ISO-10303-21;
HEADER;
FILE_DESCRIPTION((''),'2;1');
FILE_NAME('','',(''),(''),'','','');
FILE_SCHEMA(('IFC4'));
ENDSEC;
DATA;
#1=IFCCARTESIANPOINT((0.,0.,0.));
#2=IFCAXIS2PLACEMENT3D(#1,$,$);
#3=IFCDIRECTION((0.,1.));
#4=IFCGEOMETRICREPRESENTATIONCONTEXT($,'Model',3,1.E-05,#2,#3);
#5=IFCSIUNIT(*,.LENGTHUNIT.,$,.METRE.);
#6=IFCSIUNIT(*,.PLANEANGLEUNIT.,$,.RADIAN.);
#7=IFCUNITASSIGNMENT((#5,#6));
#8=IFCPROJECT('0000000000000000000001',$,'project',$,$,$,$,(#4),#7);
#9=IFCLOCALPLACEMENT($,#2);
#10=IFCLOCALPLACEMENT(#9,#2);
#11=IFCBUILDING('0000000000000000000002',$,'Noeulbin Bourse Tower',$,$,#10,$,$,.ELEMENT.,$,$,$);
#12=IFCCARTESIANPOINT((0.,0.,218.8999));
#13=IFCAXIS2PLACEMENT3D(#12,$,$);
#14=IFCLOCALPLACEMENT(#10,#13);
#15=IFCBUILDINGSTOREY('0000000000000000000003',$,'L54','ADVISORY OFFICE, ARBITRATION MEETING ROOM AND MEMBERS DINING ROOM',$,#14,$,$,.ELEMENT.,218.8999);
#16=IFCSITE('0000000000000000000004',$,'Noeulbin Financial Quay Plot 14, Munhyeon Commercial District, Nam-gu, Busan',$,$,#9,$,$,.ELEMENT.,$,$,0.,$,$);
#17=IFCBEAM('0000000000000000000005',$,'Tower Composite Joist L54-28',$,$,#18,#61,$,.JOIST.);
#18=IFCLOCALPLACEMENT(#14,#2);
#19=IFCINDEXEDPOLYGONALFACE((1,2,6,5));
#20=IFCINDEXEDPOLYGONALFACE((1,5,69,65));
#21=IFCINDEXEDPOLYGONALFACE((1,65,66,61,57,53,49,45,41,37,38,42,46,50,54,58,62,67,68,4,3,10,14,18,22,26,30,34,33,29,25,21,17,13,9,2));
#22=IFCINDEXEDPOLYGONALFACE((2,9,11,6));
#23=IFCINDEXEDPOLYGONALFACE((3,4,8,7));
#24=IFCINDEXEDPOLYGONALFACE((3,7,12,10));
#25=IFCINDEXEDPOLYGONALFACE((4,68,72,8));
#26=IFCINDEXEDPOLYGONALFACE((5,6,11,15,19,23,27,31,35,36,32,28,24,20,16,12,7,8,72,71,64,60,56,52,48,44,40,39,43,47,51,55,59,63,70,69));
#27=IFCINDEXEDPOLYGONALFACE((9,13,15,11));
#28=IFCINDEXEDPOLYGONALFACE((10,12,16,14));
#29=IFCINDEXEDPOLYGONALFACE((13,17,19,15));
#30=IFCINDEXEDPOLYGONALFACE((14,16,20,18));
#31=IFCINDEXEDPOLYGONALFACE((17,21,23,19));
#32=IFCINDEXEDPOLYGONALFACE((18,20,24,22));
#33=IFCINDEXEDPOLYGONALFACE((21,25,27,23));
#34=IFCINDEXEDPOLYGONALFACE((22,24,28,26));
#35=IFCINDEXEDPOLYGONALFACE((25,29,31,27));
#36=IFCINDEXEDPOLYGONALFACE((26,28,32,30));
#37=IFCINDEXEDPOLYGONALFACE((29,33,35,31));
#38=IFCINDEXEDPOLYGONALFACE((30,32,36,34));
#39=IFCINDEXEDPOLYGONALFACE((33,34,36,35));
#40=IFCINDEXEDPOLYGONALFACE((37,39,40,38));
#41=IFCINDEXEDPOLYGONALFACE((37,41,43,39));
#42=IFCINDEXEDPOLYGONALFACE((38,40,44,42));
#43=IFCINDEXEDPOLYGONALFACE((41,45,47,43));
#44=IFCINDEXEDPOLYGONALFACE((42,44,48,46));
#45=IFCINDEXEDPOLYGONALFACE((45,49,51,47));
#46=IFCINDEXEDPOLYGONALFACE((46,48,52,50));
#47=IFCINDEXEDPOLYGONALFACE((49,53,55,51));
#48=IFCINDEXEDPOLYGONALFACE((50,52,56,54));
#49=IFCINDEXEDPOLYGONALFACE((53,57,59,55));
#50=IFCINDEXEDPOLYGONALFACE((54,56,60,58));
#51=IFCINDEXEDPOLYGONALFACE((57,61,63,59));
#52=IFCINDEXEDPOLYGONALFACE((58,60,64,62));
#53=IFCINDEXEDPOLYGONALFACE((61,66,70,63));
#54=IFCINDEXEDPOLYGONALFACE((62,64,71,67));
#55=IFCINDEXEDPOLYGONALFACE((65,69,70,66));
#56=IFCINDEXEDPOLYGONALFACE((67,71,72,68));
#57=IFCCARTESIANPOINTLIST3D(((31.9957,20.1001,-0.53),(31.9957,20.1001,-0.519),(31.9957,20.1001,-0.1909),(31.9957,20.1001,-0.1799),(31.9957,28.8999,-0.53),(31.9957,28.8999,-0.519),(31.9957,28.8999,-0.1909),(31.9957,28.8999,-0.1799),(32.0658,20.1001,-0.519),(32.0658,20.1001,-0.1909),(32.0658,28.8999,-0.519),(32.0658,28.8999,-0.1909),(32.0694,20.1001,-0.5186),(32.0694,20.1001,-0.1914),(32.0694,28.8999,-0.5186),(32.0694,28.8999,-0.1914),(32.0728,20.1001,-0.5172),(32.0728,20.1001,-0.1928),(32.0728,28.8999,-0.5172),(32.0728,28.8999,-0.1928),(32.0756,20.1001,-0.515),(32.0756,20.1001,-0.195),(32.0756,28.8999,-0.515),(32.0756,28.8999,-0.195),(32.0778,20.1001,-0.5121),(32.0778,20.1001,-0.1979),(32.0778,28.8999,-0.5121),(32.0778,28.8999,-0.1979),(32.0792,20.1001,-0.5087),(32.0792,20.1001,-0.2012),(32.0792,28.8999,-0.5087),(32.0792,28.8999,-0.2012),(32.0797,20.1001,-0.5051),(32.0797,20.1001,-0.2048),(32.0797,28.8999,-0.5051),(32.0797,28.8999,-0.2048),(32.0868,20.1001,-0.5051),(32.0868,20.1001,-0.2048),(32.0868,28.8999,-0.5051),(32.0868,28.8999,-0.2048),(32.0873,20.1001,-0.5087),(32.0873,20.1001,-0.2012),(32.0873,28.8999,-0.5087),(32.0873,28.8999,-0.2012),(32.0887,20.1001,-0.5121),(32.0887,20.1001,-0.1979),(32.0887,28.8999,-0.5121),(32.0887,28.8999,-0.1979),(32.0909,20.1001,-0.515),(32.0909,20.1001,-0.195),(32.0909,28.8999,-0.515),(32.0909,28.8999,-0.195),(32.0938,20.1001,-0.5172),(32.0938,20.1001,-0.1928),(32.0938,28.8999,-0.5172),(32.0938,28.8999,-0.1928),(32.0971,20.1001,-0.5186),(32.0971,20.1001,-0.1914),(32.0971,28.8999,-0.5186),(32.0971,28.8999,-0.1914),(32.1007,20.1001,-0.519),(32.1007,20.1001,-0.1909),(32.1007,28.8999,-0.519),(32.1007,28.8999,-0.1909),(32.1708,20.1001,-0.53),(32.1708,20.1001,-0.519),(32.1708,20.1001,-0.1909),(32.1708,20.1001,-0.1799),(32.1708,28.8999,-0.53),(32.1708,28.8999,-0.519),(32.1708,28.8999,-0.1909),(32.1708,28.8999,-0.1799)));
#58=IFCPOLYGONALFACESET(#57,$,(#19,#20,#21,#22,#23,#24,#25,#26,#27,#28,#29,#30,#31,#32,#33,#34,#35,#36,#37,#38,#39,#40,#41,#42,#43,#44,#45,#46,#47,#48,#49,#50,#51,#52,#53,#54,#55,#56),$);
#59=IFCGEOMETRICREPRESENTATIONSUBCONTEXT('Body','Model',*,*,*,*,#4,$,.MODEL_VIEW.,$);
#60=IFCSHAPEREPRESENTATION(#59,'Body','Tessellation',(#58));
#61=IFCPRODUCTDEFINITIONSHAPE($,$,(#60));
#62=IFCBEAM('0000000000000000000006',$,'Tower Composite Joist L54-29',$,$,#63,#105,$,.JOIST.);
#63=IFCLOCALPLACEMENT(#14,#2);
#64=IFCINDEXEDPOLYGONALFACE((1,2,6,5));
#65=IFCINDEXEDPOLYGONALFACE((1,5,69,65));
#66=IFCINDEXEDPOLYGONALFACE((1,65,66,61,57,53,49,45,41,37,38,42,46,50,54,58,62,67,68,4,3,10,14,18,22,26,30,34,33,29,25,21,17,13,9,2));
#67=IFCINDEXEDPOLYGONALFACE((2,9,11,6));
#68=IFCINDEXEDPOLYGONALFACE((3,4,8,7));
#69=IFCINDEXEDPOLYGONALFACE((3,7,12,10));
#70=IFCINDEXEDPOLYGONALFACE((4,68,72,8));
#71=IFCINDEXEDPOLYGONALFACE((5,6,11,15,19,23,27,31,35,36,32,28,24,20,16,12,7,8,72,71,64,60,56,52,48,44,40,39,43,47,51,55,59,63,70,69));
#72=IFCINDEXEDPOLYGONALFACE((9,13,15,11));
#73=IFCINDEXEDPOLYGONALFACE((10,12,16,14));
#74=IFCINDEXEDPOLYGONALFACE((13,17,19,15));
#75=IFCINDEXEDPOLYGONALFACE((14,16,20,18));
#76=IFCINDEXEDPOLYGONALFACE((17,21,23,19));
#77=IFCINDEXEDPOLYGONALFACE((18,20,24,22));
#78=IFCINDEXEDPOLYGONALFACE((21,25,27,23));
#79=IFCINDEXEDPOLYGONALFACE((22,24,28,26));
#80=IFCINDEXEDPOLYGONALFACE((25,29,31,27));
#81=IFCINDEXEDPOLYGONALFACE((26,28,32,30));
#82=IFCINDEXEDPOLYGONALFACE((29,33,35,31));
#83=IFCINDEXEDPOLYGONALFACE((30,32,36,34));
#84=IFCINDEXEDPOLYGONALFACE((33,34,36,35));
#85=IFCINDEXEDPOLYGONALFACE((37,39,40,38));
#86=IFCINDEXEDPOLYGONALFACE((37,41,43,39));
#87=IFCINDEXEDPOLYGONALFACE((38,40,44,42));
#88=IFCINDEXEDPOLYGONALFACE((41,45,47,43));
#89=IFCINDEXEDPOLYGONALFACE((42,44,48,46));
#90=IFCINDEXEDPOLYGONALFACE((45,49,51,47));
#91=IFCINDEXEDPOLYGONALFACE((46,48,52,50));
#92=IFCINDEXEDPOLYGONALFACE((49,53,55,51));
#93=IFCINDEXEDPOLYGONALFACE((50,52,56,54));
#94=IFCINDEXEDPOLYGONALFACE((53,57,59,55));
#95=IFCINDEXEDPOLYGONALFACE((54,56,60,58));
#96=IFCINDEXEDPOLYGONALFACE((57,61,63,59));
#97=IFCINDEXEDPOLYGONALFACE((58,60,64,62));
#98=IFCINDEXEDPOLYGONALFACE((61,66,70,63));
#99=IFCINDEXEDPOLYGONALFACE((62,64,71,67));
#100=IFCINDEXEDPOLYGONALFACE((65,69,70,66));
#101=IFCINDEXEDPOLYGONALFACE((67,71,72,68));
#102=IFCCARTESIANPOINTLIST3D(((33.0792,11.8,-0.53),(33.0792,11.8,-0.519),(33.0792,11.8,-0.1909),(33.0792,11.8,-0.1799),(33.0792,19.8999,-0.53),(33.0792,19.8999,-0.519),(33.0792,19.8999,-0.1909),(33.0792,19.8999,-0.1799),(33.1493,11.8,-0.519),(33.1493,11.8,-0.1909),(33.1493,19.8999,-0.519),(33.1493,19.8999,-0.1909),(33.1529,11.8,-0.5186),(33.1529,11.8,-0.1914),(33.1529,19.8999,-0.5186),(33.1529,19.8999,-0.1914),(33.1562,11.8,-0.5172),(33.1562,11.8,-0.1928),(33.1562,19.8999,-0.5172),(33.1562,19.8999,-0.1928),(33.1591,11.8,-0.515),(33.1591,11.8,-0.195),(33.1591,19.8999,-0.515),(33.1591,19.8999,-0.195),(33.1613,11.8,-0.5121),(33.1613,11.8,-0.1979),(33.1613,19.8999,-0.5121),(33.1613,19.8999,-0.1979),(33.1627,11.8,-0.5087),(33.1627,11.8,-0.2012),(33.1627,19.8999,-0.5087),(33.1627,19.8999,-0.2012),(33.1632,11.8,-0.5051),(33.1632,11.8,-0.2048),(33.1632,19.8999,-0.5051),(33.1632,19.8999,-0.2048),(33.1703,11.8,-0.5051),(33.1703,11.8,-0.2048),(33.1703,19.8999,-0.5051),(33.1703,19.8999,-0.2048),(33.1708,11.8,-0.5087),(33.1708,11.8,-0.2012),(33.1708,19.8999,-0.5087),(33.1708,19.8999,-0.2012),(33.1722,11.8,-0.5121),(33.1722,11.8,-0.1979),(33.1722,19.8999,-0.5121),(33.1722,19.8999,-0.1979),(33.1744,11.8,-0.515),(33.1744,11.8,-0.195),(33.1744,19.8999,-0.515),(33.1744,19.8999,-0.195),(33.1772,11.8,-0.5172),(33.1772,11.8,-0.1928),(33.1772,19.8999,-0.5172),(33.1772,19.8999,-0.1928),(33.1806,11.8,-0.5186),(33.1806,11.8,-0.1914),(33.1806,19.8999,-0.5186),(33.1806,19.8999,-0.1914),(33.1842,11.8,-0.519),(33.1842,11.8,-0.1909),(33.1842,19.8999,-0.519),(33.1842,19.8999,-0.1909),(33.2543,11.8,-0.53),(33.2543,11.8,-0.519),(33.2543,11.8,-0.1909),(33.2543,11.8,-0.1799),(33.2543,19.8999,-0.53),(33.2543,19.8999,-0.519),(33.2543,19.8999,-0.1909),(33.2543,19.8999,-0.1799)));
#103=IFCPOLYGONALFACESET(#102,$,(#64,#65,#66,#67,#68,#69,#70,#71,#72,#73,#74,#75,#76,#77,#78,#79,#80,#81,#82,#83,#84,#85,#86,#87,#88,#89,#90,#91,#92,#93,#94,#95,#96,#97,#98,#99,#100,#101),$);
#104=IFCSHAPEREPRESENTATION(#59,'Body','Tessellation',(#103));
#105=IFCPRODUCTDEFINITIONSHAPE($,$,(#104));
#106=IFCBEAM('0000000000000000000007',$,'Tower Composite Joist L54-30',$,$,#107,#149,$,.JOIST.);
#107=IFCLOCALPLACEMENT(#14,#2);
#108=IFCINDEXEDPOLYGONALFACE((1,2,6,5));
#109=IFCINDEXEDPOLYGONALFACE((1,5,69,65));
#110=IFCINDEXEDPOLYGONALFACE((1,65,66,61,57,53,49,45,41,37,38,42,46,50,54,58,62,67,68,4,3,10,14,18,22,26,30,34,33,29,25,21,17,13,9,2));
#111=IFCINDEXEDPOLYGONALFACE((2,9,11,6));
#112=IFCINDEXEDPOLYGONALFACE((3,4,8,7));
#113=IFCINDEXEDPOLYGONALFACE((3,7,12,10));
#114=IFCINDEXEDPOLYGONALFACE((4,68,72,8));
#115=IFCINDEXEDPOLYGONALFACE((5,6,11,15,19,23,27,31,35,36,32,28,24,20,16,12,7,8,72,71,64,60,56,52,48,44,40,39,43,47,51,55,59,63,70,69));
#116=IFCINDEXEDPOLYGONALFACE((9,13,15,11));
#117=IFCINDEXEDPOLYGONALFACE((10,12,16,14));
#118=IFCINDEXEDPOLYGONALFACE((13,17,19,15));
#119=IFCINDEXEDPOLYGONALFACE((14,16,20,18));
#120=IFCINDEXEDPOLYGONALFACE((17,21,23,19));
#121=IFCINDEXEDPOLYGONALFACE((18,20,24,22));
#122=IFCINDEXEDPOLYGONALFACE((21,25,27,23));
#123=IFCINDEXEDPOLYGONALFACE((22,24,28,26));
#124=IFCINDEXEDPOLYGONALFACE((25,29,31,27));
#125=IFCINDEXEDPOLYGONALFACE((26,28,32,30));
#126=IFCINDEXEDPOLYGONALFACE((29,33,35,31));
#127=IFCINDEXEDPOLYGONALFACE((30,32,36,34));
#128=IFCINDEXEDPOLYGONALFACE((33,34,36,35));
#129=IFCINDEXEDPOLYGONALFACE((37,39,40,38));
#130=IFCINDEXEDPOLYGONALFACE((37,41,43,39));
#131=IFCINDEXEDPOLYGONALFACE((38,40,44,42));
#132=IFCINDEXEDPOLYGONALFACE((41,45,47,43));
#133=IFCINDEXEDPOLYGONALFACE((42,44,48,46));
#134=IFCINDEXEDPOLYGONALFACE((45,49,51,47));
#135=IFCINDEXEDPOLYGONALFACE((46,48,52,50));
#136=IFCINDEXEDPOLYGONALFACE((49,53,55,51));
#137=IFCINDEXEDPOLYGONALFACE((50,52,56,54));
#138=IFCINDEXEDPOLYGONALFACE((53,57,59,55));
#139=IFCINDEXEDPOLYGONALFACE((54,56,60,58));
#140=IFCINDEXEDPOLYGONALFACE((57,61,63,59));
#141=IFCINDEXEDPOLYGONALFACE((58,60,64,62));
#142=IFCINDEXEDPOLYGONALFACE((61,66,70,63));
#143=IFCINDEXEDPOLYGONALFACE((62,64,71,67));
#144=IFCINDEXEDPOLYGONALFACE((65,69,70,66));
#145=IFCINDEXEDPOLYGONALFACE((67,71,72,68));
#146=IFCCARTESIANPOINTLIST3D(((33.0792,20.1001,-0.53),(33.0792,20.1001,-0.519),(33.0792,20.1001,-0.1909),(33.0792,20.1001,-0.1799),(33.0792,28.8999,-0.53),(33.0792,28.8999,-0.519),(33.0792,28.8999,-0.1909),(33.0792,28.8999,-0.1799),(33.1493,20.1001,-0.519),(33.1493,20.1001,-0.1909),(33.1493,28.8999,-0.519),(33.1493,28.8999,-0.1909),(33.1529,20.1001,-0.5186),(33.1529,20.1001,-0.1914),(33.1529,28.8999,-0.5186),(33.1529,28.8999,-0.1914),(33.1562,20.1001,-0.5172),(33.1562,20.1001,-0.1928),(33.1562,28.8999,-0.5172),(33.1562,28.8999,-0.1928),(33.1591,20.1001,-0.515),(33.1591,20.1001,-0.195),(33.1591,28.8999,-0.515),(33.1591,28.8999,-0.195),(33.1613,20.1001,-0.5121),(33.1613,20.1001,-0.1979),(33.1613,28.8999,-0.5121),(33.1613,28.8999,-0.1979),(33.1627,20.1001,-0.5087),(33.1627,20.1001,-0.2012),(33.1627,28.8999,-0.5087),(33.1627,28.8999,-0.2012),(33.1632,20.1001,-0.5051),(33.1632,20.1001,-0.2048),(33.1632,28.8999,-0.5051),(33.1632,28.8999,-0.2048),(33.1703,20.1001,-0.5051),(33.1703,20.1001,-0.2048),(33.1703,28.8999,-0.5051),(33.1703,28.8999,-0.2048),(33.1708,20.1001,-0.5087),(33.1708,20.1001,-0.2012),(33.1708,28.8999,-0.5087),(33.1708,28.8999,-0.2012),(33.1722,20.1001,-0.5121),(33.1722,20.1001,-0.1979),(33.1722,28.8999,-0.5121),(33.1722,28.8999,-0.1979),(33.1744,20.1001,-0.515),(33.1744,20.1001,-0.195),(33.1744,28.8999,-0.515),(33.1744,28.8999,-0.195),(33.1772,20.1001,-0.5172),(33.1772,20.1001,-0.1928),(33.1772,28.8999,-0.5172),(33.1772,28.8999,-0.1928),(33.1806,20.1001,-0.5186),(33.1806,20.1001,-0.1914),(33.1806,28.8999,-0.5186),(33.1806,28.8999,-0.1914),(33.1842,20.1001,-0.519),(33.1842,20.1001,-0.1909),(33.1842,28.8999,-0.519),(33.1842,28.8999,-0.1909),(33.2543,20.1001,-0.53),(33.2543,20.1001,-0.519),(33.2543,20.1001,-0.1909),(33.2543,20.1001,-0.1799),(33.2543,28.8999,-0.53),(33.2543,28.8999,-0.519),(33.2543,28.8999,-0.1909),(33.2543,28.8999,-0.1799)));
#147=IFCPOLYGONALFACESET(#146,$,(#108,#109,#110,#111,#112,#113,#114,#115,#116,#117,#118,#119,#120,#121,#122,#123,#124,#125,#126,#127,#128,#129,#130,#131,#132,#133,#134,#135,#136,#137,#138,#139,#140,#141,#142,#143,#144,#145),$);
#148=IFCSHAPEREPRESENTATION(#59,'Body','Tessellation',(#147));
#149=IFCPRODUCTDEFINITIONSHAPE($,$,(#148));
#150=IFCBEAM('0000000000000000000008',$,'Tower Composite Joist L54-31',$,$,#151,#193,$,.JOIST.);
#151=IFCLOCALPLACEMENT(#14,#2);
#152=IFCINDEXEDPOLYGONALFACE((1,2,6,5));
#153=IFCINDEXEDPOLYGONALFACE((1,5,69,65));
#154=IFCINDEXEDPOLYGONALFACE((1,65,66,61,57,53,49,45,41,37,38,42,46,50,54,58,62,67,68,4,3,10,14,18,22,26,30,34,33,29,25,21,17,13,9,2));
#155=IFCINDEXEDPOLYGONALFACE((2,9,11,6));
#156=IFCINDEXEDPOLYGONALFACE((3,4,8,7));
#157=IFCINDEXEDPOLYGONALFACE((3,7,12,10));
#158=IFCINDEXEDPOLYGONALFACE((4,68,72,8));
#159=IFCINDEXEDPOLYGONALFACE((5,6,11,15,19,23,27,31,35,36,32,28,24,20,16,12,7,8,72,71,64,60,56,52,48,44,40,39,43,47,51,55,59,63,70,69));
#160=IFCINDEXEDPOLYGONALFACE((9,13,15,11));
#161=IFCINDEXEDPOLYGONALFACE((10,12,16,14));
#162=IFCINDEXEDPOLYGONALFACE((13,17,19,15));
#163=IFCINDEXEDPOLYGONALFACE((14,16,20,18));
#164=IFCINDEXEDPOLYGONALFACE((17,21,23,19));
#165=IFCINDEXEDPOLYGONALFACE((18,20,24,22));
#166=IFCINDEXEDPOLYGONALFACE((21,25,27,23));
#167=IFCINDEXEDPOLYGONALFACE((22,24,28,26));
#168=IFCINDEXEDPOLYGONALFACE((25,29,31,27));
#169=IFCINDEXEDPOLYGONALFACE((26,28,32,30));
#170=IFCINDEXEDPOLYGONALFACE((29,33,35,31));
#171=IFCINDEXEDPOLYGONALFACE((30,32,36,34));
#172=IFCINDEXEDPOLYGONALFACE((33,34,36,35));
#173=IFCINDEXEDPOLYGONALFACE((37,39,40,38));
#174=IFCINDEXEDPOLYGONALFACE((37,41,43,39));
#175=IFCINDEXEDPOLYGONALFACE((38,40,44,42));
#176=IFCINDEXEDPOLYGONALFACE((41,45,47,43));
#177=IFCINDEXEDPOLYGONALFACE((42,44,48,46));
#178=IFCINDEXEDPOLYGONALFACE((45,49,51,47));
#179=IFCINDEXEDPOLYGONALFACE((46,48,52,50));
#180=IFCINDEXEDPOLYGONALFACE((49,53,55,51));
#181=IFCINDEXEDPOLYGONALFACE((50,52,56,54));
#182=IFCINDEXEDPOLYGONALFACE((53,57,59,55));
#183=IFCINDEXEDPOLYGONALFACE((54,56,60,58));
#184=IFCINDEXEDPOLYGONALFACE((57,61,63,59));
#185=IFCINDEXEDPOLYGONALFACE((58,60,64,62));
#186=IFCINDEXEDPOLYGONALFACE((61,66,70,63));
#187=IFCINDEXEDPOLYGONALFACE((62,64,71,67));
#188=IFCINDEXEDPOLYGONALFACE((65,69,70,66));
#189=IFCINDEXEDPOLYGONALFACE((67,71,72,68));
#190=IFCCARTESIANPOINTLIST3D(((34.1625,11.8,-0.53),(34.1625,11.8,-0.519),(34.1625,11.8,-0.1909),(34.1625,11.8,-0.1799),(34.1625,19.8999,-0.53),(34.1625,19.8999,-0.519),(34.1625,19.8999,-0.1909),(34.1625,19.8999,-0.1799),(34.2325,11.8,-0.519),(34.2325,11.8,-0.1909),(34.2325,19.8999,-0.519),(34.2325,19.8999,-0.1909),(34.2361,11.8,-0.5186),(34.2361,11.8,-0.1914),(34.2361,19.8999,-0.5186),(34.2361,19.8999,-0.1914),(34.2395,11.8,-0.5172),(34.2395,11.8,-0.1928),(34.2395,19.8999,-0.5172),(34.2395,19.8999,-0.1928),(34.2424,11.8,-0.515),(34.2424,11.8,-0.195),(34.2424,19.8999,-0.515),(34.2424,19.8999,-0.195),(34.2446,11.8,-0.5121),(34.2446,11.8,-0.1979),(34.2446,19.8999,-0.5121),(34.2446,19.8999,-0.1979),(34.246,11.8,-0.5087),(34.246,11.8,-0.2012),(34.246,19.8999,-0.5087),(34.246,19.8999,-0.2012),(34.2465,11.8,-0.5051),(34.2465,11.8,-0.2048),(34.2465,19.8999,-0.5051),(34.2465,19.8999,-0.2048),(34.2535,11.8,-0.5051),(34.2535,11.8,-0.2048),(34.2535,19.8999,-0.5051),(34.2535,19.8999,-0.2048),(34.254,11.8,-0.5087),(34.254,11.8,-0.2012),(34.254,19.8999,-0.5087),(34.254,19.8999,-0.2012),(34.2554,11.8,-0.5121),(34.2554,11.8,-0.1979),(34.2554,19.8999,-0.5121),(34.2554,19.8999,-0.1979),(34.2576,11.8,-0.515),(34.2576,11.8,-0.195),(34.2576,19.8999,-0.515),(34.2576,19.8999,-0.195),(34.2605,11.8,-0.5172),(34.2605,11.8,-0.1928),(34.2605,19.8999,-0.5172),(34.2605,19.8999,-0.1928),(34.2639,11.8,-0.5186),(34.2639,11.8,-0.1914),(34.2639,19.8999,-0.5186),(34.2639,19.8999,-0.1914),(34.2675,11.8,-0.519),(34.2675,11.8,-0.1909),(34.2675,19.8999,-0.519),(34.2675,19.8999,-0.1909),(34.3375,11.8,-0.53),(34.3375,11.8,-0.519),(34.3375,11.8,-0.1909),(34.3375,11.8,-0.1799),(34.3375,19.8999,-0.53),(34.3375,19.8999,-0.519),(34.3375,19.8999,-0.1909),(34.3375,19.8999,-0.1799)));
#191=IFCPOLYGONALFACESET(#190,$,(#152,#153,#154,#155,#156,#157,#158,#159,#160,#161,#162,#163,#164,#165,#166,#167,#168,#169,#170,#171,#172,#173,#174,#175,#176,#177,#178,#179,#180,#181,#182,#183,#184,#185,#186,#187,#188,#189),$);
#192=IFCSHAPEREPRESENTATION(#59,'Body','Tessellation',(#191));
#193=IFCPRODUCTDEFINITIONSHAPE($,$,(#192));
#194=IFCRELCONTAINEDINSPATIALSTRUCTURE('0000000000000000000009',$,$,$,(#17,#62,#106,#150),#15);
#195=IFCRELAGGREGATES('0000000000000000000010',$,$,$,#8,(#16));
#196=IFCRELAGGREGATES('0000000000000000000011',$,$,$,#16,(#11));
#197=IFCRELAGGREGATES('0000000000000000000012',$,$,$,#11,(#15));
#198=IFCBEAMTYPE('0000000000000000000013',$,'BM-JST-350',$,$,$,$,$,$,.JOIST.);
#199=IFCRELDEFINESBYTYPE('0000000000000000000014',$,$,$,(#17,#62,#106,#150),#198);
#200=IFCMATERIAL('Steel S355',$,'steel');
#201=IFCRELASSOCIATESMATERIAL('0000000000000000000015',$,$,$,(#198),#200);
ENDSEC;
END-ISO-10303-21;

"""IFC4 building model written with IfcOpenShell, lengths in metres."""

from ifc_helpers import new_model, si_unit, direction, frame, origin, origin_2d, place, context, subcontext, project, spatial, i_section, extrude, material, material_profile, profile_set, type_object, element, save


model = new_model("IFC4")

# Units and contexts
model_context = context("Model", 3, precision=1e-05, world=origin(), true_north=direction((0.0, 1.0)))
body_context = subcontext(model_context, "Body", "Model", "MODEL_VIEW")
ifc_project = project(units=[si_unit("LENGTHUNIT", "METRE"), si_unit("PLANEANGLEUNIT", "RADIAN")], contexts=[model_context])

# Site, building, storey
site_placement = place(None, origin())
site = spatial("IfcSite", under=ifc_project, at=site_placement, Name="Noeulbin Financial Quay Plot 14, Munhyeon Commercial District, Nam-gu, Busan", CompositionType="ELEMENT", RefElevation=0.0)
building_placement = place(site_placement, origin())
building = spatial("IfcBuilding", under=site, at=building_placement, Name="Noeulbin Bourse Tower", CompositionType="ELEMENT")
storey_placement = place(building_placement, frame((0.0, 0.0, 218.8999)))
storey = spatial("IfcBuildingStorey", under=building, at=storey_placement, Name="L54", Description="ADVISORY OFFICE, ARBITRATION MEETING ROOM AND MEMBERS DINING ROOM", CompositionType="ELEMENT", Elevation=218.8999)

# Shared definitions
ifc_material_1 = material(Name="Steel S355", Category="steel")

# Beams
ifc_material_profile_1 = material_profile(ifc_material_1, i_section(OverallWidth=0.175, OverallDepth=0.3501, WebThickness=0.0071, FlangeThickness=0.011, FilletRadius=0.0139, at=origin_2d()), Name="H-350x175x7x11", Category="LoadBearing")
ifc_profile_set_1 = profile_set([ifc_material_profile_1], Name="Steel S355")
beam_type_1 = type_object("IfcBeamType", Name="BM-JST-350", PredefinedType="JOIST", material=ifc_profile_set_1)
beam_1_placement = place(storey_placement, frame((32.0833, 20.1001, -0.355), z_axis=(0.0, 1.0, 0.0), x_axis=(-1.0, 0.0, 0.0)))
element("IfcBeam", 1, at=beam_1_placement, inside=storey, type_object=beam_type_1, Name="Tower Composite Joist L54-28", PredefinedType="JOIST", context=body_context, shape_type="SweptSolid", body=[
    extrude(i_section(OverallWidth=0.175, OverallDepth=0.3501, WebThickness=0.0071, FlangeThickness=0.011, FilletRadius=0.0139, at=origin_2d()), origin(), (0.0, 0.0, 1.0), 8.7998),
])
beam_2_placement = place(storey_placement, frame((33.1667, 11.8, -0.355), z_axis=(0.0, 1.0, 0.0), x_axis=(-1.0, 0.0, 0.0)))
element("IfcBeam", 2, at=beam_2_placement, inside=storey, type_object=beam_type_1, Name="Tower Composite Joist L54-29", PredefinedType="JOIST", context=body_context, shape_type="SweptSolid", body=[
    extrude(i_section(OverallWidth=0.175, OverallDepth=0.3501, WebThickness=0.0071, FlangeThickness=0.011, FilletRadius=0.0139, at=origin_2d()), origin(), (0.0, 0.0, 1.0), 8.0999),
])
beam_3_placement = place(storey_placement, frame((33.1667, 20.1001, -0.355), z_axis=(0.0, 1.0, 0.0), x_axis=(-1.0, 0.0, 0.0)))
element("IfcBeam", 3, at=beam_3_placement, inside=storey, type_object=beam_type_1, Name="Tower Composite Joist L54-30", PredefinedType="JOIST", context=body_context, shape_type="SweptSolid", body=[
    extrude(i_section(OverallWidth=0.175, OverallDepth=0.3501, WebThickness=0.0071, FlangeThickness=0.011, FilletRadius=0.0139, at=origin_2d()), origin(), (0.0, 0.0, 1.0), 8.7998),
])
beam_4_placement = place(storey_placement, frame((34.25, 11.8, -0.355), z_axis=(0.0, 1.0, 0.0), x_axis=(-1.0, 0.0, 0.0)))
element("IfcBeam", 4, at=beam_4_placement, inside=storey, type_object=beam_type_1, Name="Tower Composite Joist L54-31", PredefinedType="JOIST", context=body_context, shape_type="SweptSolid", body=[
    extrude(i_section(OverallWidth=0.175, OverallDepth=0.3501, WebThickness=0.0071, FlangeThickness=0.011, FilletRadius=0.0139, at=origin_2d()), origin(), (0.0, 0.0, 1.0), 8.0999),
])

save(model, "model.ifc")
